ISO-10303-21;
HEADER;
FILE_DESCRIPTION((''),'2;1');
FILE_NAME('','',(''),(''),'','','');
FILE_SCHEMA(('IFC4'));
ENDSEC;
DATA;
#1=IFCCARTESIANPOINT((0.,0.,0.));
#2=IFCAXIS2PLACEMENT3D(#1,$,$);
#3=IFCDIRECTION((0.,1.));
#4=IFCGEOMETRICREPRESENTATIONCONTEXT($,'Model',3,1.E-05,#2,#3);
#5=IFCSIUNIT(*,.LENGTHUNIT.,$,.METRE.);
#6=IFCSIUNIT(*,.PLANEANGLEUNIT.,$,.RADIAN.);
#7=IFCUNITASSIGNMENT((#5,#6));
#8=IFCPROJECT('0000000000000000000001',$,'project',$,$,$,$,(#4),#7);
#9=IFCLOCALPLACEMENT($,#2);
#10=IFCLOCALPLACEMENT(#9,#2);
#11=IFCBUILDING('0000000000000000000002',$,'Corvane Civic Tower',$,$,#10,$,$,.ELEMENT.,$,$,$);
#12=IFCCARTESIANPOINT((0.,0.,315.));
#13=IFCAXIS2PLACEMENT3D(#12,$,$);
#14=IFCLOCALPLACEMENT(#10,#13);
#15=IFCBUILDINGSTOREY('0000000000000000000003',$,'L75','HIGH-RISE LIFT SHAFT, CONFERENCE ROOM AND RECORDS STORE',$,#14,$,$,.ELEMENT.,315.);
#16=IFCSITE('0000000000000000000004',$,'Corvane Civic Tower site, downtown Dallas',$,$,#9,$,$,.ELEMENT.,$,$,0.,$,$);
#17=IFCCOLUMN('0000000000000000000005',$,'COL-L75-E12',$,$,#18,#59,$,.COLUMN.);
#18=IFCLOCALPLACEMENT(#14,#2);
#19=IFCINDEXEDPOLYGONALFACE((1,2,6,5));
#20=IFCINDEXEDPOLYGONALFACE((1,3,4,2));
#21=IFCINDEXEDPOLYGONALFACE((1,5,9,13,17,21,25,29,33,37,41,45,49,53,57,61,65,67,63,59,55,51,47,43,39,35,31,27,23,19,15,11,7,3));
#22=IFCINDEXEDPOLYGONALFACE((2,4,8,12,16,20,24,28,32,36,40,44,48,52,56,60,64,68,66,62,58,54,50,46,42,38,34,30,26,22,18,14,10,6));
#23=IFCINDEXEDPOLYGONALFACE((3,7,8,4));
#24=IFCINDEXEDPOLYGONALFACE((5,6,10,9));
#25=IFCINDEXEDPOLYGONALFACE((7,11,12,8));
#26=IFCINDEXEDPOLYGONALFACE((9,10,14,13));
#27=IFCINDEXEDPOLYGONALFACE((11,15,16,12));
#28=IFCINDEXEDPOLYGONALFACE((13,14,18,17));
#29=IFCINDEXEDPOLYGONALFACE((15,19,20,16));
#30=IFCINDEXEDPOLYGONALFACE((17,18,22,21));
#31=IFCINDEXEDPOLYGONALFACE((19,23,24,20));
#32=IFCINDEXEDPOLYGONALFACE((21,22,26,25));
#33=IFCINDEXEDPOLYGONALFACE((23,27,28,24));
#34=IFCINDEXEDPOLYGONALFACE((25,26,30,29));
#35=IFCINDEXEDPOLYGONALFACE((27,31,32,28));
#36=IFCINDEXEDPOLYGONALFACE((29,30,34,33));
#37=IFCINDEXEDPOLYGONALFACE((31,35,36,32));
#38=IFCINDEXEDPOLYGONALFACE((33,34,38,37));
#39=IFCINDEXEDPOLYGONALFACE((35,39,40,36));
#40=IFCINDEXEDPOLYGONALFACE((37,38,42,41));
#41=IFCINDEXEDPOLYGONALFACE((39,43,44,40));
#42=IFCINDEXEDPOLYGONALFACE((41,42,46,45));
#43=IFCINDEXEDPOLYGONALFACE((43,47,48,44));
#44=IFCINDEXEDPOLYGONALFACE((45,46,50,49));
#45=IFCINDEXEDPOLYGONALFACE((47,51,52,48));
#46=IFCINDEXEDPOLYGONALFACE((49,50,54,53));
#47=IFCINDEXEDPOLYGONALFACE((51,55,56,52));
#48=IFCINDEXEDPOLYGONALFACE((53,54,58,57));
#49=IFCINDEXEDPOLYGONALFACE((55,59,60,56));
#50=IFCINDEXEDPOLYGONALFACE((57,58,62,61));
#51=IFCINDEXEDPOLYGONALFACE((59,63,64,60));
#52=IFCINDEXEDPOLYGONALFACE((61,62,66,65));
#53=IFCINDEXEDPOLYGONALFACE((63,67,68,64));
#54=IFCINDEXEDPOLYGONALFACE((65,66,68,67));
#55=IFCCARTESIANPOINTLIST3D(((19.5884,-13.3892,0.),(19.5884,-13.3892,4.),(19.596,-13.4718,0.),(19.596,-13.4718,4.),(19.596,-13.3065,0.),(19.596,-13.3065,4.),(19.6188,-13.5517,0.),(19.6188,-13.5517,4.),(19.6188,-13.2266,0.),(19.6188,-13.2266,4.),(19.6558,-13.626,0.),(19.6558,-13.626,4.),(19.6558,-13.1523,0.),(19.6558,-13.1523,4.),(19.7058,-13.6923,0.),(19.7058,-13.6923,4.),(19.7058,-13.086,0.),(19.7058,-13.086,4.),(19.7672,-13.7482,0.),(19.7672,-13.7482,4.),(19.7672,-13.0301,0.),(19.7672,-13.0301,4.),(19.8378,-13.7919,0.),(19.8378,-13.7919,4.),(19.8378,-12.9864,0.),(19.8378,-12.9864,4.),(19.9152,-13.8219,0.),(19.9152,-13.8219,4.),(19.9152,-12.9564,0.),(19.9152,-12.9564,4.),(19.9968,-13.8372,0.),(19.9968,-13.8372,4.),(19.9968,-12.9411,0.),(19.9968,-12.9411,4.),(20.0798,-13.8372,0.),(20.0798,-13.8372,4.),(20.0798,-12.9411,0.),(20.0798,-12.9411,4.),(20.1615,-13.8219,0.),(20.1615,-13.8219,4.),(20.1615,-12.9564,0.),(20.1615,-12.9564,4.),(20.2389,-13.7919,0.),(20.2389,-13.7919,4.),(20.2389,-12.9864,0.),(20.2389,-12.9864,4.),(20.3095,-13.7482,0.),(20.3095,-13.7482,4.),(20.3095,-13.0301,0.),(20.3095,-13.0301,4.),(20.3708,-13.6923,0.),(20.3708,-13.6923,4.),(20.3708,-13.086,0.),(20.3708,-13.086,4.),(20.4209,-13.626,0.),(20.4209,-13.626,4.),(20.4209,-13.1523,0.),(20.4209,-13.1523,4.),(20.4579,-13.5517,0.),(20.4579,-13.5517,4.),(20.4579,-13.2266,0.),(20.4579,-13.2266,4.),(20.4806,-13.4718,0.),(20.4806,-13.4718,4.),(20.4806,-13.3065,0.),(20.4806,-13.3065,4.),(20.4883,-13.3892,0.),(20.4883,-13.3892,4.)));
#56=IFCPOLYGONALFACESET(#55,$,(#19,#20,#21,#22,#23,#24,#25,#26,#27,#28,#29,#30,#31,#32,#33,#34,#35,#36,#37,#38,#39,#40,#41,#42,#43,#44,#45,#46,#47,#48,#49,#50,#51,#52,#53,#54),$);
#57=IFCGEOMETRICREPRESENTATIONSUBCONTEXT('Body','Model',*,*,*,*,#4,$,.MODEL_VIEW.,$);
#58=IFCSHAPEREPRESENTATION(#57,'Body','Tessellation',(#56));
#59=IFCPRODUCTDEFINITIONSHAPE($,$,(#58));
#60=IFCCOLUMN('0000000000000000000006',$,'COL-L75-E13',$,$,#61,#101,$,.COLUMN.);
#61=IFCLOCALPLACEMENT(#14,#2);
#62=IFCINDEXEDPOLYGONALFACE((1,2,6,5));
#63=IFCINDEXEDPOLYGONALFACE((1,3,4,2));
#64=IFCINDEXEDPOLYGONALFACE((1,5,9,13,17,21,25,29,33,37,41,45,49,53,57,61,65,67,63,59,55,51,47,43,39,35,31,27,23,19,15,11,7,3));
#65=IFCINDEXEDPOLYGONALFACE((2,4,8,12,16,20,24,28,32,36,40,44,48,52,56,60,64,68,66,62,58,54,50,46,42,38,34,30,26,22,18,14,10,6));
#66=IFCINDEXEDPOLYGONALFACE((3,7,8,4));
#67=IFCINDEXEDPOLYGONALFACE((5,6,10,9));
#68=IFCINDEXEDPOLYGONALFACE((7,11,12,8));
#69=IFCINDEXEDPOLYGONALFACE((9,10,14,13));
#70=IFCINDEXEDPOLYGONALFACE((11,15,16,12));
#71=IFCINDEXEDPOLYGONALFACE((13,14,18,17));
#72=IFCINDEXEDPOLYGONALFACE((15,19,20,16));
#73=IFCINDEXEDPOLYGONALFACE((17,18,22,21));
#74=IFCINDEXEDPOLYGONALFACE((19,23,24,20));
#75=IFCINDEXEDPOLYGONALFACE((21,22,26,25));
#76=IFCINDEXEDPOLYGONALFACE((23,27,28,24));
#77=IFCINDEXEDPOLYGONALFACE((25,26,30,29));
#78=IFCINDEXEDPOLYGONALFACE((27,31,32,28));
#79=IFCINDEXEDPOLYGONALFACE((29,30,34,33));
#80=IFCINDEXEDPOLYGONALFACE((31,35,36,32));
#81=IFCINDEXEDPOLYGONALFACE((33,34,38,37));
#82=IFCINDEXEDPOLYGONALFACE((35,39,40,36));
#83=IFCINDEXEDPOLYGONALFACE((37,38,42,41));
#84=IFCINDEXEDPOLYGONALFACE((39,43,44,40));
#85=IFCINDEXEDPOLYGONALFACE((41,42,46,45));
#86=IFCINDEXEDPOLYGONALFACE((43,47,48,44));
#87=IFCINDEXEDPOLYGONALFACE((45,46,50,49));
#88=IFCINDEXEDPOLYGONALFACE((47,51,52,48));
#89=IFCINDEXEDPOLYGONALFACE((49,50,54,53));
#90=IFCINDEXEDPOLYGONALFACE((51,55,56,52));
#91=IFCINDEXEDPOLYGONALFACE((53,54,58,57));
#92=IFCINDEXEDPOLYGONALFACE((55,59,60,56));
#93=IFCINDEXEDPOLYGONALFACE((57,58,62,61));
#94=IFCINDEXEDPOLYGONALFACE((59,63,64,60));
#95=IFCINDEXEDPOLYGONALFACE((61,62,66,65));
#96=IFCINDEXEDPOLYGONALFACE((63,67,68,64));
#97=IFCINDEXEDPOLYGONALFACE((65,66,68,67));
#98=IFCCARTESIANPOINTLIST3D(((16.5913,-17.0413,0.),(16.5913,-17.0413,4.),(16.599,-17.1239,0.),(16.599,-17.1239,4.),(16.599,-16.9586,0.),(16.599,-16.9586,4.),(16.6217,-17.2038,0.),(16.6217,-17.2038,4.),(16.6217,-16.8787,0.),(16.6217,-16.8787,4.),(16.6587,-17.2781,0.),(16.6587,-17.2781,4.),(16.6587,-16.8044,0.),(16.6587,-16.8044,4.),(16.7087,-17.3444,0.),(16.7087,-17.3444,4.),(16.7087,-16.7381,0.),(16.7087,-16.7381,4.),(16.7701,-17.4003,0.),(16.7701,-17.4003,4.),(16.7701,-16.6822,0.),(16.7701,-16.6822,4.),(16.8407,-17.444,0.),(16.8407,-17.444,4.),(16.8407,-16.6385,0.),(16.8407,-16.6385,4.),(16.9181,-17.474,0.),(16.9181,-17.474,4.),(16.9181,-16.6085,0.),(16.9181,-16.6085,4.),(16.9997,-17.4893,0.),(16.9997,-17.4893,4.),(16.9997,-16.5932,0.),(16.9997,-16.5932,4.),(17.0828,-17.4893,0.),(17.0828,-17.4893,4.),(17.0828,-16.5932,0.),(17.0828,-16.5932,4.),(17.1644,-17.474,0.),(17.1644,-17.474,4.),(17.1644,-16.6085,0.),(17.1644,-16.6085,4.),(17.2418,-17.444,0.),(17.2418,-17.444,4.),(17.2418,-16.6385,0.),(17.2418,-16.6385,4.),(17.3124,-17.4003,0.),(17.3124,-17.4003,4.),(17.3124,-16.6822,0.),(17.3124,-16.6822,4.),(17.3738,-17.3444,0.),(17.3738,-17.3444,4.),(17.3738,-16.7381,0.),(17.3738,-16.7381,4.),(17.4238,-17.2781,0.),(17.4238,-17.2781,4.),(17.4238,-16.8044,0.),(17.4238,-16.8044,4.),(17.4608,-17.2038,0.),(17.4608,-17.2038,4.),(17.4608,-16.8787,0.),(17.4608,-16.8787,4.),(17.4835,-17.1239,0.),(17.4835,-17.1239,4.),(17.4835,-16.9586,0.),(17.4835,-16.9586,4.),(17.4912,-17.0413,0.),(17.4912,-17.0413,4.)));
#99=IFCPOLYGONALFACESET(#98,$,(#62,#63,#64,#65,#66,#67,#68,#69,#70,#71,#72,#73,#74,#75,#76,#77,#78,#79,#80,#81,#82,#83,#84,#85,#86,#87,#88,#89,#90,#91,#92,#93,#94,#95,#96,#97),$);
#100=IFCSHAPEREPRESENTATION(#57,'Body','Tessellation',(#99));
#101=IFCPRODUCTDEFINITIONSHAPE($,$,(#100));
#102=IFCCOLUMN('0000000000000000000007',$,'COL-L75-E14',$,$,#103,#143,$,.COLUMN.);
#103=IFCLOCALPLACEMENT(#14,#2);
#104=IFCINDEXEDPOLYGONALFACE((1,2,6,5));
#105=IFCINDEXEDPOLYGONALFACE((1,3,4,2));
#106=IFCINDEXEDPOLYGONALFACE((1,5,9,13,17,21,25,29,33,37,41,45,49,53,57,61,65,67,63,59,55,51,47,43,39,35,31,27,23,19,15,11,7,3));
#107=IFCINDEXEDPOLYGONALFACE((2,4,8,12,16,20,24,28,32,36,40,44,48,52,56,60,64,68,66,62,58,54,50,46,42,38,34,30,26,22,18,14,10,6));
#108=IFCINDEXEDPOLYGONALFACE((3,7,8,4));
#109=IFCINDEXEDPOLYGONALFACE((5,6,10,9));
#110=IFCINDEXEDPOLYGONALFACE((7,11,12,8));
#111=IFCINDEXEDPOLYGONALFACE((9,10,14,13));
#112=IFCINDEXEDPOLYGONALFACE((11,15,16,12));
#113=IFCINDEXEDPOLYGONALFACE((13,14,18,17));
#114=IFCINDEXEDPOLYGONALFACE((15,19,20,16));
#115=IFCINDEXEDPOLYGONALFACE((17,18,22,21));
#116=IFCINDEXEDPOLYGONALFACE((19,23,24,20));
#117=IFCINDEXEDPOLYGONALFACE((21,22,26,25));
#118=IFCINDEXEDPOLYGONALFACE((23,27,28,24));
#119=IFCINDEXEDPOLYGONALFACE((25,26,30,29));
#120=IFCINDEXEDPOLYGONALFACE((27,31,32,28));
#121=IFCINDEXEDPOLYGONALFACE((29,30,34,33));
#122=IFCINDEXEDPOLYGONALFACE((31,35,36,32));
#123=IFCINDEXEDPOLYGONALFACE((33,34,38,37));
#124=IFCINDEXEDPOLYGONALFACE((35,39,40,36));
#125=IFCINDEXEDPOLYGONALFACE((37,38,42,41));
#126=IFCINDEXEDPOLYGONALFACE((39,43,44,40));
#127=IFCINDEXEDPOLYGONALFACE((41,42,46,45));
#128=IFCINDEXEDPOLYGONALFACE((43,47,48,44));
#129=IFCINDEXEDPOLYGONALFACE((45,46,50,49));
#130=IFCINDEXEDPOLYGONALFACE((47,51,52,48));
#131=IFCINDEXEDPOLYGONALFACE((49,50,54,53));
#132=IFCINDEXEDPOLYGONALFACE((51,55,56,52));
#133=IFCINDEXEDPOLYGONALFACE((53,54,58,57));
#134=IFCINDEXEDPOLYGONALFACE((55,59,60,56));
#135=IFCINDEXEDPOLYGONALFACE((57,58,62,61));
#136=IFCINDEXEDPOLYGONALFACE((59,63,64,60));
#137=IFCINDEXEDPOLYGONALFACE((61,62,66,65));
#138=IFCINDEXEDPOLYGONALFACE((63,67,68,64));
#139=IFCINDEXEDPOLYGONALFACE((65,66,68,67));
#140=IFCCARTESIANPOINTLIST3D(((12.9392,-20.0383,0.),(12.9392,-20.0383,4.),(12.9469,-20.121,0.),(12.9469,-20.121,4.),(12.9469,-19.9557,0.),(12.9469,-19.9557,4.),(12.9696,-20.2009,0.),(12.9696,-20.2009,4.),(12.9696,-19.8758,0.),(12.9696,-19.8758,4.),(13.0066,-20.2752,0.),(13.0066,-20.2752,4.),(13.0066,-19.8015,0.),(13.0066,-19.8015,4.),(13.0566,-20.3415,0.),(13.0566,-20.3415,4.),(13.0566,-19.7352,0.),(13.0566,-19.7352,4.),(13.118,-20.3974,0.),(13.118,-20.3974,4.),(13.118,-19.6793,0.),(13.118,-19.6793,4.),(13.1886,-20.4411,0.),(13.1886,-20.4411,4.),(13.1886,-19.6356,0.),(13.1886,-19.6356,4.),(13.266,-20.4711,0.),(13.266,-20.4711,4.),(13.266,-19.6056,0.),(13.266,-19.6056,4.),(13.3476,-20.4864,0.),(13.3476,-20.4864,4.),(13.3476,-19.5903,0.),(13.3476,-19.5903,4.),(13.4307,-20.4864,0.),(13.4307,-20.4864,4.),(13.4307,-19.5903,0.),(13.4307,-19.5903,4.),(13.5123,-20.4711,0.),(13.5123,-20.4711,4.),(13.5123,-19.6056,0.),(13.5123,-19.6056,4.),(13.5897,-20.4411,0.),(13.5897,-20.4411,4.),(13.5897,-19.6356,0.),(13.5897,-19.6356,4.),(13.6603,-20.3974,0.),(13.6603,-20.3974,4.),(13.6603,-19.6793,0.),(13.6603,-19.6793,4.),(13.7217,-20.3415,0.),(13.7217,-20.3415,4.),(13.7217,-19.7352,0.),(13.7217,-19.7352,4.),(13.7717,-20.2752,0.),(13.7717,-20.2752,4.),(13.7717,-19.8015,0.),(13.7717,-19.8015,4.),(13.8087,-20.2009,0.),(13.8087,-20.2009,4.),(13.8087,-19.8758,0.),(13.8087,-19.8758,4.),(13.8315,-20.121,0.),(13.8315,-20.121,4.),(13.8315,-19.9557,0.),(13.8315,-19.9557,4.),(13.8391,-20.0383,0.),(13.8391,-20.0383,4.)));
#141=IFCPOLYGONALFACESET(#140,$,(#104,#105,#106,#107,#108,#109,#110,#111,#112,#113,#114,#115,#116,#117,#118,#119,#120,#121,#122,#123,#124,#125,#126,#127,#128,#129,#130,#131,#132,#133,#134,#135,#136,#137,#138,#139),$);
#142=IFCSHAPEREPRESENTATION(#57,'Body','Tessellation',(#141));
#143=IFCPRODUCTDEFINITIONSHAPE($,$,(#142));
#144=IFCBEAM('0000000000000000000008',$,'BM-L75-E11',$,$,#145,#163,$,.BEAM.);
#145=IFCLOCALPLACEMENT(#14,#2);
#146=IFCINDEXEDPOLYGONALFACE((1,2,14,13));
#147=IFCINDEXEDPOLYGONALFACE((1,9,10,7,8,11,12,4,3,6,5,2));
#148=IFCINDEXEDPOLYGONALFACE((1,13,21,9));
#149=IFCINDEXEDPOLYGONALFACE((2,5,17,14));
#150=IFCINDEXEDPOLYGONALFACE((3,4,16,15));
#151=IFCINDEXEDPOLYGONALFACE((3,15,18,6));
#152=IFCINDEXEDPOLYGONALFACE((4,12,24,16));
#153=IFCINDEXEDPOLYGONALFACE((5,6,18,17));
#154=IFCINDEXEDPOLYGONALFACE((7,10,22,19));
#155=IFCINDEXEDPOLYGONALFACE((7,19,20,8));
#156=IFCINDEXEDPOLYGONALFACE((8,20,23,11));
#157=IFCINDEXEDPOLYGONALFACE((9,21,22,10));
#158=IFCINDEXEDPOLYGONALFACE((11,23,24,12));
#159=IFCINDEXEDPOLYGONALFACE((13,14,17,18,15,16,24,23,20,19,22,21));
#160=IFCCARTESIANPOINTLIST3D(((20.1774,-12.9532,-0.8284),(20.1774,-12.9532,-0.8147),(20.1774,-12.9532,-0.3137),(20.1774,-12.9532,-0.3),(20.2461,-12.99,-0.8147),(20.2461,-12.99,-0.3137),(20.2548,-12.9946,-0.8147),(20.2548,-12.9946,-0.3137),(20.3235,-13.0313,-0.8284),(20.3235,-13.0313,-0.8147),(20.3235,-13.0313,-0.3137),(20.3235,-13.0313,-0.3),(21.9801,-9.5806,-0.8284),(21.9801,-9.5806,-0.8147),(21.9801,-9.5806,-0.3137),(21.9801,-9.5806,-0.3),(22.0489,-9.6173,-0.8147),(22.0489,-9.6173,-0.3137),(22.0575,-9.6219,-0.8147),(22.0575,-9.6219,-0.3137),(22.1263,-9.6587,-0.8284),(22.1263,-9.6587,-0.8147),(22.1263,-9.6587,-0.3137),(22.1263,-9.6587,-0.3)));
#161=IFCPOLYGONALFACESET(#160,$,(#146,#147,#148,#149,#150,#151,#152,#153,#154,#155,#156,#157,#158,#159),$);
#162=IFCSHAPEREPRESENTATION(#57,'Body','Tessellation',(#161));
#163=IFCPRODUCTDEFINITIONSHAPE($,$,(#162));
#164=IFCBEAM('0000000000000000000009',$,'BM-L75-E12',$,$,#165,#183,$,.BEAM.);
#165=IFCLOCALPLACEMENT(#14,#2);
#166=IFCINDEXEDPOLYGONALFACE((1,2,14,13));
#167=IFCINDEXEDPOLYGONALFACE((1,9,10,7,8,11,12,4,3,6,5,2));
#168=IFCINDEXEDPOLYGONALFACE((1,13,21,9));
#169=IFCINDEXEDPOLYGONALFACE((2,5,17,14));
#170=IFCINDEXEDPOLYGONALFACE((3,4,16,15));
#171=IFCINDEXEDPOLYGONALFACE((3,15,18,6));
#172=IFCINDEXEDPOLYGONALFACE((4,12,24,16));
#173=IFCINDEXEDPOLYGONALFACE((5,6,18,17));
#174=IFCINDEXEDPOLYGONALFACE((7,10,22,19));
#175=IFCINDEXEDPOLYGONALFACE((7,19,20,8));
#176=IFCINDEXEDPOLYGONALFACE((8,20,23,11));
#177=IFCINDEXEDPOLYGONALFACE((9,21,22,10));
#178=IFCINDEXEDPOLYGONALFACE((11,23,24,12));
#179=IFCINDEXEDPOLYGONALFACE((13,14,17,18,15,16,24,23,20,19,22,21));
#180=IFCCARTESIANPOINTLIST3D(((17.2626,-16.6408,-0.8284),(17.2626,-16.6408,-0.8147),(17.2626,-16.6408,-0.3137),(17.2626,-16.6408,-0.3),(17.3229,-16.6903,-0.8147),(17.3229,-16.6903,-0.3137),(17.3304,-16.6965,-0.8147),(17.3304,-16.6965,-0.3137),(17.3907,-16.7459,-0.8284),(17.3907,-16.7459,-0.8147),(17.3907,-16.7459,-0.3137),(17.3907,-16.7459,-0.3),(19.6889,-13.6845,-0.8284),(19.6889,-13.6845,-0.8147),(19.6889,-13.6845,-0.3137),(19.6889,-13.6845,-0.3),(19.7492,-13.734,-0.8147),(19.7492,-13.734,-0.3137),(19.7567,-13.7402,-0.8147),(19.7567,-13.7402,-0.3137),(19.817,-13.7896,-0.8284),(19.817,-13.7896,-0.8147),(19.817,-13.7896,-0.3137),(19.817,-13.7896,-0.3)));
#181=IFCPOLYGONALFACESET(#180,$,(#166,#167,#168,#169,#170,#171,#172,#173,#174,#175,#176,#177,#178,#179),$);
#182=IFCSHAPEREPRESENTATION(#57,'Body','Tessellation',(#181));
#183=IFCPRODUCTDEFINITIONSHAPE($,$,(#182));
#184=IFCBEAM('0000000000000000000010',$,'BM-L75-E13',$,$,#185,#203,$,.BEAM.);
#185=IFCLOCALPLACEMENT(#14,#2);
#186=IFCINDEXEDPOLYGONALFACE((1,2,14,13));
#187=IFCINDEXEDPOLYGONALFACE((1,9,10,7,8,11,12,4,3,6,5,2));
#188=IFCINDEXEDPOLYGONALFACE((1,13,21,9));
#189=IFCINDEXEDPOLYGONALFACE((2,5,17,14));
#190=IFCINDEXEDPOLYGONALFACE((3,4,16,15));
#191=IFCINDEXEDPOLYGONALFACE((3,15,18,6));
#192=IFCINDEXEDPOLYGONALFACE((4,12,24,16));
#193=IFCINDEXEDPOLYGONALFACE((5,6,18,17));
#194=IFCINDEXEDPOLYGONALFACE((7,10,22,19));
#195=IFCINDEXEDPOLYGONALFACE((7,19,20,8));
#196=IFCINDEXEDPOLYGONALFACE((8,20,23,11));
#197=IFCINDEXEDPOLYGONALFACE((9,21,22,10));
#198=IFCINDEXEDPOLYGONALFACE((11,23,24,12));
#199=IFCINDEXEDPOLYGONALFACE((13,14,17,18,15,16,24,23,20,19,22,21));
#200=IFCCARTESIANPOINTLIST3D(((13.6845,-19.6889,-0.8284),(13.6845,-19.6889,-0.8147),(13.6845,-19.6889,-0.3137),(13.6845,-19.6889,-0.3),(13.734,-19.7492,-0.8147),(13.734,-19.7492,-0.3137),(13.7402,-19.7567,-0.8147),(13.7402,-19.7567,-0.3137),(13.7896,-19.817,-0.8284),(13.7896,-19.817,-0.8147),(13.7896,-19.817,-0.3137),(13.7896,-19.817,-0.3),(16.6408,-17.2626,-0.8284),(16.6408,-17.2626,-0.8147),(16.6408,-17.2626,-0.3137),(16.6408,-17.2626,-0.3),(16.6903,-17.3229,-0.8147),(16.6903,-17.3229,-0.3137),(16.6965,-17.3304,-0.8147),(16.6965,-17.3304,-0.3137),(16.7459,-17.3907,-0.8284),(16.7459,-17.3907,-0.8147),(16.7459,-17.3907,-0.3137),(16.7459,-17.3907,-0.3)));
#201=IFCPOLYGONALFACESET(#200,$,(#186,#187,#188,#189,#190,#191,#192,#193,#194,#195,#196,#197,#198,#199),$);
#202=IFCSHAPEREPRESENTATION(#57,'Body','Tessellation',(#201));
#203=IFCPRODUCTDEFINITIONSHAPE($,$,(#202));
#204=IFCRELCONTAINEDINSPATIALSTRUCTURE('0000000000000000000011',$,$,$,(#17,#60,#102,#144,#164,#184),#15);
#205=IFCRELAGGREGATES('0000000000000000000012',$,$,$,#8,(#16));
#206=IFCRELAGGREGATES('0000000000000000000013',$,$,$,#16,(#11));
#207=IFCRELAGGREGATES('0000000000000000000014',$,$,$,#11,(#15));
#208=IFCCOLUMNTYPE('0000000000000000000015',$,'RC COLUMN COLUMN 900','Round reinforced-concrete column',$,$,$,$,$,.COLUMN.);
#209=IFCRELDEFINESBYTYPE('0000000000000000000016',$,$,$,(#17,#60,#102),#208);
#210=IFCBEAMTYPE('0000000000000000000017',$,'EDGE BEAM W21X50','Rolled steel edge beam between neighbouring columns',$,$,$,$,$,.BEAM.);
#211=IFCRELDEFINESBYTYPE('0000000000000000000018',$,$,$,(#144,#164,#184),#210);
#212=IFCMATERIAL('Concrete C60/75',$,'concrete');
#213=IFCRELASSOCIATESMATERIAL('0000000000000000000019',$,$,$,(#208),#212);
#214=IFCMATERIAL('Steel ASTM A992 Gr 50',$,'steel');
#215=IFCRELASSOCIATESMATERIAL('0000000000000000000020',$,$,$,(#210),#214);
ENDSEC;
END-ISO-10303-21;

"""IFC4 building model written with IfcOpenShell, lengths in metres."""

from ifc_helpers import new_model, si_unit, direction, frame, origin, origin_2d, place, context, subcontext, project, spatial, circle, i_section, extrude, material, material_profile, profile_set, type_object, element, save


model = new_model("IFC4")

# Units and contexts
model_context = context("Model", 3, precision=1e-05, world=origin(), true_north=direction((0.0, 1.0)))
body_context = subcontext(model_context, "Body", "Model", "MODEL_VIEW")
ifc_project = project(units=[si_unit("LENGTHUNIT", "METRE"), si_unit("PLANEANGLEUNIT", "RADIAN")], contexts=[model_context])

# Site, building, storey
site_placement = place(None, origin())
site = spatial("IfcSite", under=ifc_project, at=site_placement, Name="Corvane Civic Tower site, downtown Dallas", CompositionType="ELEMENT", RefElevation=0.0)
building_placement = place(site_placement, origin())
building = spatial("IfcBuilding", under=site, at=building_placement, Name="Corvane Civic Tower", CompositionType="ELEMENT")
storey_placement = place(building_placement, frame((0.0, 0.0, 315.0)))
storey = spatial("IfcBuildingStorey", under=building, at=storey_placement, Name="L75", Description="HIGH-RISE LIFT SHAFT, CONFERENCE ROOM AND RECORDS STORE", CompositionType="ELEMENT", Elevation=315.0)

# Columns
ifc_material_1 = material(Name="Concrete C60/75", Category="concrete")
ifc_material_profile_1 = material_profile(ifc_material_1, circle(Radius=0.45, at=origin_2d()), Name="COLUMN 900")
ifc_profile_set_1 = profile_set([ifc_material_profile_1], Name="Concrete C60/75")
column_type = type_object("IfcColumnType", Name="RC COLUMN COLUMN 900", Description="Round reinforced-concrete column", PredefinedType="COLUMN", material=ifc_profile_set_1)
for number, where, z_axis, x_axis, name in (
    (1, (20.0383, -13.3892, 0.0), (0.0, 0.0, 1.0), (1.0, 0.0, 0.0), "COL-L75-E12"),
    (2, (17.0413, -17.0413, 0.0), (0.0, 0.0, 1.0), (1.0, 0.0, 0.0), "COL-L75-E13"),
    (3, (13.3892, -20.0383, 0.0), (0.0, 0.0, 1.0), (1.0, 0.0, 0.0), "COL-L75-E14"),
):
    element("IfcColumn", number, at=place(storey_placement, frame(where, z_axis=z_axis, x_axis=x_axis)), inside=storey, type_object=column_type, Name=name, PredefinedType="COLUMN", context=body_context, shape_type="SweptSolid", body=[
        extrude(circle(Radius=0.45, at=origin_2d()), origin(), (0.0, 0.0, 1.0), 4.0),
    ])

# Beams
ifc_material_2 = material(Name="Steel ASTM A992 Gr 50", Category="steel")
ifc_material_profile_2 = material_profile(ifc_material_2, i_section(OverallWidth=0.1658, OverallDepth=0.5283, WebThickness=0.0098, FlangeThickness=0.0137, at=origin_2d()), Name="W21X50")
ifc_profile_set_2 = profile_set([ifc_material_profile_2], Name="Steel ASTM A992 Gr 50")
beam_type = type_object("IfcBeamType", Name="EDGE BEAM W21X50", Description="Rolled steel edge beam between neighbouring columns", PredefinedType="BEAM", material=ifc_profile_set_2)
beam_1_placement = place(storey_placement, frame((22.0532, -9.6196, -0.5642), z_axis=(-0.47141, -0.881914, 0.0), x_axis=(0.881914, -0.47141, 0.0)))
element("IfcBeam", 4, at=beam_1_placement, inside=storey, type_object=beam_type, Name="BM-L75-E11", PredefinedType="BEAM", context=body_context, shape_type="SweptSolid", body=[
    extrude(i_section(OverallWidth=0.1658, OverallDepth=0.5283, WebThickness=0.0098, FlangeThickness=0.0137, at=origin_2d()), origin(), (0.0, 0.0, 1.0), 3.8242),
])
for number, where, z_axis, x_axis, name in (
    (5, (19.7529, -13.7371, -0.5642), (-0.634409, -0.772998, 0.0), (0.772998, -0.634409, 0.0), "BM-L75-E12"),
    (6, (16.6934, -17.3267, -0.5642), (-0.772998, -0.634409, 0.0), (0.634409, -0.772998, 0.0), "BM-L75-E13"),
):
    element("IfcBeam", number, at=place(storey_placement, frame(where, z_axis=z_axis, x_axis=x_axis)), inside=storey, type_object=beam_type, Name=name, PredefinedType="BEAM", context=body_context, shape_type="SweptSolid", body=[
        extrude(i_section(OverallWidth=0.1658, OverallDepth=0.5283, WebThickness=0.0098, FlangeThickness=0.0137, at=origin_2d()), origin(), (0.0, 0.0, 1.0), 3.8245),
    ])

save(model, "model.ifc")
